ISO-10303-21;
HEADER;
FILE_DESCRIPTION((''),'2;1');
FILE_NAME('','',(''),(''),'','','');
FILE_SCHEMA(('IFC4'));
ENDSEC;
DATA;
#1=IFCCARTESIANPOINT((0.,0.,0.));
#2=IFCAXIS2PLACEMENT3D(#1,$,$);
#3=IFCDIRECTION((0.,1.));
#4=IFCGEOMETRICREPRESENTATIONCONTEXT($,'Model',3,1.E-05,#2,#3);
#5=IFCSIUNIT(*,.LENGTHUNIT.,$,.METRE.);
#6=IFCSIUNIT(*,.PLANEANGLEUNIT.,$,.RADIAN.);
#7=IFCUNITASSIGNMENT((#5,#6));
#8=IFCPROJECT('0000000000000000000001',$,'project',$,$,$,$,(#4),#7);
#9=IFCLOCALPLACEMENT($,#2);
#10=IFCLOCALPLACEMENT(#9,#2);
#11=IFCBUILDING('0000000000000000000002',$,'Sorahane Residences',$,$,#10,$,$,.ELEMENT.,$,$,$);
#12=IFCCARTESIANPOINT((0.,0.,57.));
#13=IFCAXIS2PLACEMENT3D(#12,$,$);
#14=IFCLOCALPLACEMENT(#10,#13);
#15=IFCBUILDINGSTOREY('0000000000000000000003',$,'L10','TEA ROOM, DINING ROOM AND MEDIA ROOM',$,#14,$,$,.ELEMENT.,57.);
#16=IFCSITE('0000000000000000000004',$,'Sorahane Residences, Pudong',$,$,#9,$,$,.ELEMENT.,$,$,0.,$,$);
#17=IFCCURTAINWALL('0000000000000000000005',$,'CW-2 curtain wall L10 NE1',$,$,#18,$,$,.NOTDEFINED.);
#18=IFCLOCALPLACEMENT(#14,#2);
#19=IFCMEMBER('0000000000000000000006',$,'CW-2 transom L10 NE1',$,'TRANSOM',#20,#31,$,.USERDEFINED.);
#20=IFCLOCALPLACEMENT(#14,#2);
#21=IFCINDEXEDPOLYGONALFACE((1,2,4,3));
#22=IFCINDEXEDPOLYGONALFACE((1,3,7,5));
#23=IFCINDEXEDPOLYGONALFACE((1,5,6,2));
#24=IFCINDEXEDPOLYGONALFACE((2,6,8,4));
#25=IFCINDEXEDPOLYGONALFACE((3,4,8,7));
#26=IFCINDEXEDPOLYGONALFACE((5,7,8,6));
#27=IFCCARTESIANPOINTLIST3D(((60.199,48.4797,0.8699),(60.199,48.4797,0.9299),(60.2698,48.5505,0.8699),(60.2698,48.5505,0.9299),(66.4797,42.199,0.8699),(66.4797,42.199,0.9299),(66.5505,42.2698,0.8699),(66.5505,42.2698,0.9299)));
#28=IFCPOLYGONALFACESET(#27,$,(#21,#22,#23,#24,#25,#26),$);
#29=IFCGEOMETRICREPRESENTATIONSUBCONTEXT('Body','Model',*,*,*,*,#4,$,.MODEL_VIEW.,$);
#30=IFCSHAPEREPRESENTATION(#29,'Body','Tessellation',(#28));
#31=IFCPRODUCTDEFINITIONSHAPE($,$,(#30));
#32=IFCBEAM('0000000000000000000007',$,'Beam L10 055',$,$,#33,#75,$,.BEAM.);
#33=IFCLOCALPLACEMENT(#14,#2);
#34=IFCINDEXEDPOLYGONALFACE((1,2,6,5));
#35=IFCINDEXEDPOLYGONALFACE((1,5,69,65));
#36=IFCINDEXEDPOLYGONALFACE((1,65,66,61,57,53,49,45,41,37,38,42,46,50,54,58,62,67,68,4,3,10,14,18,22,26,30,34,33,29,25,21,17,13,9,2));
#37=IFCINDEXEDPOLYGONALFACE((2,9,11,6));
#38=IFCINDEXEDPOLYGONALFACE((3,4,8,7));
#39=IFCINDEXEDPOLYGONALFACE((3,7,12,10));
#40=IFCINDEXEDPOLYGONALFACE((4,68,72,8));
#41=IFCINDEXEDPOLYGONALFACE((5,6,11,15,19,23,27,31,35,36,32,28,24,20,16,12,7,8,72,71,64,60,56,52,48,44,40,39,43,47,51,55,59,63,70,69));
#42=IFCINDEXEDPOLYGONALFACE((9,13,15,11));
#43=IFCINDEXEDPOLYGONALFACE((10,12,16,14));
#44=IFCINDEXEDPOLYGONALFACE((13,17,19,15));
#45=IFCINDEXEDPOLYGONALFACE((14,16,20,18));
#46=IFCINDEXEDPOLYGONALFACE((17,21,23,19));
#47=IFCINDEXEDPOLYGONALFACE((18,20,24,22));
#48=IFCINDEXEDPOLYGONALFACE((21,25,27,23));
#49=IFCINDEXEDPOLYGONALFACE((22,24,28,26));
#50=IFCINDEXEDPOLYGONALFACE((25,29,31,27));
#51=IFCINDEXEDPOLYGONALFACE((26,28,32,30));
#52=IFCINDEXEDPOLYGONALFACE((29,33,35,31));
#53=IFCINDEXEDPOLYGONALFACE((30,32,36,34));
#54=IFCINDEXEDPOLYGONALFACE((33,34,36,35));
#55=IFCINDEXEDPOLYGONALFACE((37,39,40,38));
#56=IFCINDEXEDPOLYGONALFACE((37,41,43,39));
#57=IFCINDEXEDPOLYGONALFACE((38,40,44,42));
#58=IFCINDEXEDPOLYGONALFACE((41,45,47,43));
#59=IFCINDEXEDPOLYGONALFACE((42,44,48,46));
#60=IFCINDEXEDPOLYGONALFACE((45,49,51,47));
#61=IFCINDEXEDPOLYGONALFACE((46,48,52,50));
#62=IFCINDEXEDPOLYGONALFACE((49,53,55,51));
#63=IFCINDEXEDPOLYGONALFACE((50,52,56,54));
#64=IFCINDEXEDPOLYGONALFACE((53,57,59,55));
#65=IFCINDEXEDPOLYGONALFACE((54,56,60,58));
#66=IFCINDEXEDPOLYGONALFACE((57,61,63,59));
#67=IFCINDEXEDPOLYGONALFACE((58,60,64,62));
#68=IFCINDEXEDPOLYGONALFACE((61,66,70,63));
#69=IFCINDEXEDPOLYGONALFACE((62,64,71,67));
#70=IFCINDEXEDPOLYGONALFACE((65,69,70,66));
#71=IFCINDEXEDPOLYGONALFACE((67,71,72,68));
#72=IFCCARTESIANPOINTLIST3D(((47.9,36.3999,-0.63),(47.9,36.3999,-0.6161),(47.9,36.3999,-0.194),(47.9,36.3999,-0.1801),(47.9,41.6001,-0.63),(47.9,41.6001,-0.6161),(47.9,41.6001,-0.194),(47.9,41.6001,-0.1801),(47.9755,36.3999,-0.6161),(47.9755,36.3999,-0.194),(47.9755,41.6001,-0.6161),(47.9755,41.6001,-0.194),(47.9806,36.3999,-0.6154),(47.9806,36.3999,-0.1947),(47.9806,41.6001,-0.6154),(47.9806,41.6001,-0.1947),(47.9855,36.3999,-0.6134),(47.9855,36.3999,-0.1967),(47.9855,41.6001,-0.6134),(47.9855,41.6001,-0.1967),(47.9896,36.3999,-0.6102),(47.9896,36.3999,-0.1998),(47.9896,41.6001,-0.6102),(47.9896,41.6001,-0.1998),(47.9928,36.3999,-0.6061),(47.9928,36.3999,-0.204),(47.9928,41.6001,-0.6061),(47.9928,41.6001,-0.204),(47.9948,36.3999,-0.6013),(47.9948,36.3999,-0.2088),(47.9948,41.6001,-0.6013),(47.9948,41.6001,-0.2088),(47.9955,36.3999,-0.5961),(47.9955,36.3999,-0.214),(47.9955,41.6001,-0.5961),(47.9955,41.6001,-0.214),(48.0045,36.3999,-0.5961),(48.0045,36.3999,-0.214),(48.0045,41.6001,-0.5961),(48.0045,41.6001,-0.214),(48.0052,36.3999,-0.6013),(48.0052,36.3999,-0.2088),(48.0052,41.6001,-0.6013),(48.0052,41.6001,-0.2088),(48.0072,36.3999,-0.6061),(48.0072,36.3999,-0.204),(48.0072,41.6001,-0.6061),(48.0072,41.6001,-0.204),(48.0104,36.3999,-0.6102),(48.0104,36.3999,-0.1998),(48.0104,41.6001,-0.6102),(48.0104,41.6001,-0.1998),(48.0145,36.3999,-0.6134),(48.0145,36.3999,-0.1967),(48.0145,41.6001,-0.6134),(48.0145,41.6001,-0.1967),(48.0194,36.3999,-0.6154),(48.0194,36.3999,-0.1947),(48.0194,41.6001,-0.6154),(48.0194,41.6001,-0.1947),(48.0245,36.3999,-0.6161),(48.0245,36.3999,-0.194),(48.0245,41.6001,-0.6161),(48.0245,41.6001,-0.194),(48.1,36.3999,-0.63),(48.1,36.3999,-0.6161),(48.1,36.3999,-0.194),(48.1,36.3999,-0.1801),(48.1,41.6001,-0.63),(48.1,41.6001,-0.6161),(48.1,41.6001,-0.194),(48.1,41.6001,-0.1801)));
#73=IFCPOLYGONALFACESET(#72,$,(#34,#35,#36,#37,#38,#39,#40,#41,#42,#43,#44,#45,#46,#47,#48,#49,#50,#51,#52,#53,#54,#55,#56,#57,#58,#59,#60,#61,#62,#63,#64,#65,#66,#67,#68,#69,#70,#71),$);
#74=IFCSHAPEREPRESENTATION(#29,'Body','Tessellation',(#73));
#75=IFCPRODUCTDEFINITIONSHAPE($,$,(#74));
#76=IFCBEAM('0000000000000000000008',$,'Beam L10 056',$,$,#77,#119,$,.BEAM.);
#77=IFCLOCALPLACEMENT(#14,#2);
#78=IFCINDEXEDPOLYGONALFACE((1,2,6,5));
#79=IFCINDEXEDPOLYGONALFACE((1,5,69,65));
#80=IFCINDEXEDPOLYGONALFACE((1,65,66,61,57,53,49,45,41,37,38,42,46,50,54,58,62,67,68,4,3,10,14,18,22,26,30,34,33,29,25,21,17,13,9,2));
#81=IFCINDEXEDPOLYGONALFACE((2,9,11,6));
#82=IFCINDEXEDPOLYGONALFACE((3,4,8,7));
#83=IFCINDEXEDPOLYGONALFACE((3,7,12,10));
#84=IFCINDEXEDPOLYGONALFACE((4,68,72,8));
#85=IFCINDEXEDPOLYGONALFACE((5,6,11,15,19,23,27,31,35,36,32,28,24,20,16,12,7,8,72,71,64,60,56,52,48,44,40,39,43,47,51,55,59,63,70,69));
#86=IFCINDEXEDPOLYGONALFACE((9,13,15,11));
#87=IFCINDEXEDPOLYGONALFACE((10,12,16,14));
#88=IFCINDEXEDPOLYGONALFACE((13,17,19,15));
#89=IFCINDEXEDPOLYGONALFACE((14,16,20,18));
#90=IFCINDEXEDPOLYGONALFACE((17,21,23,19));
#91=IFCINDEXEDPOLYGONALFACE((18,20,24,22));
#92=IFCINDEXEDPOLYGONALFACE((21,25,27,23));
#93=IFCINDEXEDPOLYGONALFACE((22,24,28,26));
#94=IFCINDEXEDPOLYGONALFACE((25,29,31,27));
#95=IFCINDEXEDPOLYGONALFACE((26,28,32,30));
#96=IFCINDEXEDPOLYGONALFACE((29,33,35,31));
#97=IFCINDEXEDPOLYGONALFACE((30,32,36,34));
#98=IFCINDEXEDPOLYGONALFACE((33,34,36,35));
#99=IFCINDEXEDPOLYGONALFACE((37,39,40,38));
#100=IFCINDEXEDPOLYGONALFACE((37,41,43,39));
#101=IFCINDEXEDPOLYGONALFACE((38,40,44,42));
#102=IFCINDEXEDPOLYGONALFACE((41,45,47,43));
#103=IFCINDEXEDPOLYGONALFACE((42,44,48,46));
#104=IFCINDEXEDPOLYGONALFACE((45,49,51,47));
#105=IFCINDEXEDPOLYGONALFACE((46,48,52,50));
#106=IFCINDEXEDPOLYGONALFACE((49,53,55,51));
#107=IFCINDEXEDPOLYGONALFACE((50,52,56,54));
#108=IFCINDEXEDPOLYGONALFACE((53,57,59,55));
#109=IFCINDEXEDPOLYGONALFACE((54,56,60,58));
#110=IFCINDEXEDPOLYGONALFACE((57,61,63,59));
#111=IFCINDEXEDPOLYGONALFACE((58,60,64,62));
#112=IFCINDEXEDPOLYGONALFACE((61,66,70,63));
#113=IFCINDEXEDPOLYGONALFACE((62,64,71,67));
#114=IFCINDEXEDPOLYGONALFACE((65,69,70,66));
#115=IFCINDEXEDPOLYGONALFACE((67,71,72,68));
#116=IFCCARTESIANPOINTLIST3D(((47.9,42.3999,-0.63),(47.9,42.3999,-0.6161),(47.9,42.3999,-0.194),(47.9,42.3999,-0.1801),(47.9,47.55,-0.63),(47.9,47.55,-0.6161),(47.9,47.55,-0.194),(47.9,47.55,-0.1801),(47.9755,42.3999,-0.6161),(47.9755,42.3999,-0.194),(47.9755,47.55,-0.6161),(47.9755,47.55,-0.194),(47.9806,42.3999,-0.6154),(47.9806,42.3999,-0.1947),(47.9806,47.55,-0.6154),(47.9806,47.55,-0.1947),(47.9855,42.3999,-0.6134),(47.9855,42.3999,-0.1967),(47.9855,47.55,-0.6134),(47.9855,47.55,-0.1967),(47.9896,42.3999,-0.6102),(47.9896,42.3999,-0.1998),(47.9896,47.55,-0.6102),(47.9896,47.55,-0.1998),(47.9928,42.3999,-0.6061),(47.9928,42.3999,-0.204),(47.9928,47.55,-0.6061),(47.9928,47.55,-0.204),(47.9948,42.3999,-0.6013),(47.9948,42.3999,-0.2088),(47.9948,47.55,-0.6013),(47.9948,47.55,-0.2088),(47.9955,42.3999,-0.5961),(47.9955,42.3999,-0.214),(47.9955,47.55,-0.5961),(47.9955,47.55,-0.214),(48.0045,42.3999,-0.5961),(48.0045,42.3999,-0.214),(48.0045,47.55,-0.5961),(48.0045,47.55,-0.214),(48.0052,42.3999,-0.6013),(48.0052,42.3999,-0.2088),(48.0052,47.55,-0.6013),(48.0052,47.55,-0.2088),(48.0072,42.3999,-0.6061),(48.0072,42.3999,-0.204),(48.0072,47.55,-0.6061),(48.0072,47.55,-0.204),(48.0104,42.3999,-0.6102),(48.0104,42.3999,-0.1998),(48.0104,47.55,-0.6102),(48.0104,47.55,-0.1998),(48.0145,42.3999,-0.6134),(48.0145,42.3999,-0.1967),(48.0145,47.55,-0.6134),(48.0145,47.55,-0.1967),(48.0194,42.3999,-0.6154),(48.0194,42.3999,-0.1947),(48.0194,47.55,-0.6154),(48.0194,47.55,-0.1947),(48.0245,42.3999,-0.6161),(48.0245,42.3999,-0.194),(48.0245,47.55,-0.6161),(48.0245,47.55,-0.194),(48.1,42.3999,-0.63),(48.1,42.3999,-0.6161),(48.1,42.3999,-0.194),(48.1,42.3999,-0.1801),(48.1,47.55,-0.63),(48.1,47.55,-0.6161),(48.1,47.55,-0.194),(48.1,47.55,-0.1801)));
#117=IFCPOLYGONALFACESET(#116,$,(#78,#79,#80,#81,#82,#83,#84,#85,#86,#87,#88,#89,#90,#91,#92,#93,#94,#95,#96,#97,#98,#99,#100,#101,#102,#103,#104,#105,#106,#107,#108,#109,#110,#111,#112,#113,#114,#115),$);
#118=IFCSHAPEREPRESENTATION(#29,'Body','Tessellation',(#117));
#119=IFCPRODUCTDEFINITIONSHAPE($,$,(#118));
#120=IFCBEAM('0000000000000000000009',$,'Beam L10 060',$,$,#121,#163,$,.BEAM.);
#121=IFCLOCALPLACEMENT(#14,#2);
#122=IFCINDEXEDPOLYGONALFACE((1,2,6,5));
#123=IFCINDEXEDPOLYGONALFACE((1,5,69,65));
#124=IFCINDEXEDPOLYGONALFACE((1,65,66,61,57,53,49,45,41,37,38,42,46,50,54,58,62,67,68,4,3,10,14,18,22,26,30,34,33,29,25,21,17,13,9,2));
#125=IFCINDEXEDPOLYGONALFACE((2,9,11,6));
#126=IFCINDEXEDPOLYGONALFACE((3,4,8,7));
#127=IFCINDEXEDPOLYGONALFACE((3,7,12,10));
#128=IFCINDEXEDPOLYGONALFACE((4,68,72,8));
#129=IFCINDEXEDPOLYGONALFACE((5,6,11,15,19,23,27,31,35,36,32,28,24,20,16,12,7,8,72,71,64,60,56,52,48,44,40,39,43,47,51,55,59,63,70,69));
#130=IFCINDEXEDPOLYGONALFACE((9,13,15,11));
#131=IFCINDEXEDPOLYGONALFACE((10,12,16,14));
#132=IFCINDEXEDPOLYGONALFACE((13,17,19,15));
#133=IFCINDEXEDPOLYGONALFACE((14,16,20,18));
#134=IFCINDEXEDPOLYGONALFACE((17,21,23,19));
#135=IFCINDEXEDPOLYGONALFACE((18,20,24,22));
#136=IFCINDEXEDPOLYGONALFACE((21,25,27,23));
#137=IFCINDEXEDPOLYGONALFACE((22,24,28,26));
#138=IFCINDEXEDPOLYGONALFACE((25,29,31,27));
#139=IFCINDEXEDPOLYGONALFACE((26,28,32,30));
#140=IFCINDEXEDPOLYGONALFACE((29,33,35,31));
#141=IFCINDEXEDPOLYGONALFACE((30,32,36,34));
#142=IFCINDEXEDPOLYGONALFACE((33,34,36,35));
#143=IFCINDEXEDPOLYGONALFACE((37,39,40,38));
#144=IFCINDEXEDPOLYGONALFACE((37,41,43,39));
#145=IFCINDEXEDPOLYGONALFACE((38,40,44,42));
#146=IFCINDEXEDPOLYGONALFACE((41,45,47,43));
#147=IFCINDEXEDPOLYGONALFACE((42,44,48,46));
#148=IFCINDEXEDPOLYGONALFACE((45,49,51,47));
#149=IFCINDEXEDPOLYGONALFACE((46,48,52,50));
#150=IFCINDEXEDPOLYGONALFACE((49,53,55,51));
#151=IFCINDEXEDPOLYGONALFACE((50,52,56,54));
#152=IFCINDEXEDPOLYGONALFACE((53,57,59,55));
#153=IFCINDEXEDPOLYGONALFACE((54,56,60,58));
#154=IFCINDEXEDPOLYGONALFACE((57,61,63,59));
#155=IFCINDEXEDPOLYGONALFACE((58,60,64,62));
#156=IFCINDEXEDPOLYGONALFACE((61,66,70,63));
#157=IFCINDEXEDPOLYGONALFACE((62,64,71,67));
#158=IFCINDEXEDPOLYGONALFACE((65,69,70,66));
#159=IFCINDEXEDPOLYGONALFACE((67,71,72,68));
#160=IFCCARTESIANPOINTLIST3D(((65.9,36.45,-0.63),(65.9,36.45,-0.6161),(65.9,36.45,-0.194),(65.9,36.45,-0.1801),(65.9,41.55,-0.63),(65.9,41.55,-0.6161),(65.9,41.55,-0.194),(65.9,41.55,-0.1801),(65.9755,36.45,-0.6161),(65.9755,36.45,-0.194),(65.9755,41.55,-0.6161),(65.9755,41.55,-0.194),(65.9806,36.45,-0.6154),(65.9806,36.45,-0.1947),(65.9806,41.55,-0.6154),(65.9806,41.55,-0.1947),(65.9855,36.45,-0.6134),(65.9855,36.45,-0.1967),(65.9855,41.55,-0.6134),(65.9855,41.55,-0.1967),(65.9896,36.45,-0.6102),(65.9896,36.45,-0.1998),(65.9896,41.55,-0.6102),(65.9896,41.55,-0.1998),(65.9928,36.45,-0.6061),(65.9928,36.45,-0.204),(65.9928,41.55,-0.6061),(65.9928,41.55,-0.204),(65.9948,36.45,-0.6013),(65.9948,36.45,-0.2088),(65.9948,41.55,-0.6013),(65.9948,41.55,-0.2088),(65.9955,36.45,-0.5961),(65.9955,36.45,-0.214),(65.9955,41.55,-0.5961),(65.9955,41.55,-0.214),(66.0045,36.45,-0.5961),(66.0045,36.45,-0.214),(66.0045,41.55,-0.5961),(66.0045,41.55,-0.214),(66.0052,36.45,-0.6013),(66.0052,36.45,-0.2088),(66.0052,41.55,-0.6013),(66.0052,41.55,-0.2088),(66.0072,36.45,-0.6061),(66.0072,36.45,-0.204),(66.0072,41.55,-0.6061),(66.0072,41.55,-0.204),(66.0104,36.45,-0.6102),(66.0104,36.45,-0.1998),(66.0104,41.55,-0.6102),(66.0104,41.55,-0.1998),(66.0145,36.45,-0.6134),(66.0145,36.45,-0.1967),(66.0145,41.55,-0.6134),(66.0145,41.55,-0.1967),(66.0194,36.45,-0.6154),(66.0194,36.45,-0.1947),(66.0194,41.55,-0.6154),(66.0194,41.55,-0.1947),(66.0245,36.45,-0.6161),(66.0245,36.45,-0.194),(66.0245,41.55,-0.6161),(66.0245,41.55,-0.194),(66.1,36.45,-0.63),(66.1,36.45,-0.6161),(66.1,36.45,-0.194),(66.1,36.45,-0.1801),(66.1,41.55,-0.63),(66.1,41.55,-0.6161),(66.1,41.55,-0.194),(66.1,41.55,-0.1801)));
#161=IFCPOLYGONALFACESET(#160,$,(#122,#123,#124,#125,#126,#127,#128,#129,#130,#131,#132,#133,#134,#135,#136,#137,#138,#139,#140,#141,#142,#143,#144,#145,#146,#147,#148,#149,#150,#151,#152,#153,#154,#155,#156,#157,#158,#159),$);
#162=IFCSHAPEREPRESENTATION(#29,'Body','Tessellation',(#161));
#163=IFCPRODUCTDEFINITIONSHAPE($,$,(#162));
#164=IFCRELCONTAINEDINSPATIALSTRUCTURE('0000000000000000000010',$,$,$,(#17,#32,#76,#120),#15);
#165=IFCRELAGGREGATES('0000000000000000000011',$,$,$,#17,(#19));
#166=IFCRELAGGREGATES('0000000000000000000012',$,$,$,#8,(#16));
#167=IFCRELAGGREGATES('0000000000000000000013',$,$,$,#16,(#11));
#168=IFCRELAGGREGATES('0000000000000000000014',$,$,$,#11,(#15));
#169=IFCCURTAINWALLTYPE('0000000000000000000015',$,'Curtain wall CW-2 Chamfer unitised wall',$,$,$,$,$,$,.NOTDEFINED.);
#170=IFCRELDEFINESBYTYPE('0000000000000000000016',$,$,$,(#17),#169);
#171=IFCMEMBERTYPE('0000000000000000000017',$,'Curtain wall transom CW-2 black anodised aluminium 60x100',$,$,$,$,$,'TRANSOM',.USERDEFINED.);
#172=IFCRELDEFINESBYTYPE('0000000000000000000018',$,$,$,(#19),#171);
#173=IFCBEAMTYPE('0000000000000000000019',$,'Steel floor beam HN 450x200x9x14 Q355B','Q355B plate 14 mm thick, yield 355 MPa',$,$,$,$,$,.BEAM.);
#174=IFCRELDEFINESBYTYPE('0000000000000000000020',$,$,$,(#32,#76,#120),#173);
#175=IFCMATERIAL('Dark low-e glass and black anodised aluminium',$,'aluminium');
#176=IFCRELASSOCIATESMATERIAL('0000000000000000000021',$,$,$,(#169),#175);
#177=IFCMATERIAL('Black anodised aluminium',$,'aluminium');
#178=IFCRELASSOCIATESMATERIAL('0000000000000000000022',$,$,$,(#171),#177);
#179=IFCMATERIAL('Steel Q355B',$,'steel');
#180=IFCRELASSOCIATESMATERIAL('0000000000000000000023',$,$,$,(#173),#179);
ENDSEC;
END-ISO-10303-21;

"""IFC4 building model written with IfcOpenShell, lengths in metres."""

from ifc_helpers import new_model, si_unit, direction, frame, origin, origin_2d, place, context, subcontext, project, spatial, rectangle, i_section, extrude, material, material_profile, profile_set, type_object, element, aggregate, save


model = new_model("IFC4")

# Units and contexts
model_context = context("Model", 3, precision=1e-05, world=origin(), true_north=direction((0.0, 1.0)))
body_context = subcontext(model_context, "Body", "Model", "MODEL_VIEW")
ifc_project = project(units=[si_unit("LENGTHUNIT", "METRE"), si_unit("PLANEANGLEUNIT", "RADIAN")], contexts=[model_context])

# Site, building, storey
site_placement = place(None, origin())
site = spatial("IfcSite", under=ifc_project, at=site_placement, Name="Sorahane Residences, Pudong", CompositionType="ELEMENT", RefElevation=0.0)
building_placement = place(site_placement, origin())
building = spatial("IfcBuilding", under=site, at=building_placement, Name="Sorahane Residences", CompositionType="ELEMENT")
storey_placement = place(building_placement, frame((0.0, 0.0, 57.0)))
storey = spatial("IfcBuildingStorey", under=building, at=storey_placement, Name="L10", Description="TEA ROOM, DINING ROOM AND MEDIA ROOM", CompositionType="ELEMENT", Elevation=57.0)

# Curtain wall
ifc_material_1 = material(Name="Dark low-e glass and black anodised aluminium", Category="aluminium")
curtain_wall_type_1 = type_object("IfcCurtainWallType", Name="Curtain wall CW-2 Chamfer unitised wall", PredefinedType="NOTDEFINED", material=ifc_material_1)
curtain_wall_1_placement = place(storey_placement, origin())
curtain_wall_1 = element("IfcCurtainWall", 1, at=curtain_wall_1_placement, inside=storey, type_object=curtain_wall_type_1, Name="CW-2 curtain wall L10 NE1", PredefinedType="NOTDEFINED")

# Member
ifc_material_2 = material(Name="Black anodised aluminium", Category="aluminium")
ifc_material_profile_1 = material_profile(ifc_material_2, rectangle(XDim=0.1001, YDim=0.0601, at=origin_2d()), Name="Curtain wall transom CW-2 black anodised aluminium 60x100")
ifc_profile_set_1 = profile_set([ifc_material_profile_1], Name="Black anodised aluminium")
member_type_1 = type_object("IfcMemberType", Name="Curtain wall transom CW-2 black anodised aluminium 60x100", ElementType="TRANSOM", PredefinedType="USERDEFINED", material=ifc_profile_set_1)
member_1_placement = place(storey_placement, frame((66.5151, 42.2344, 0.8999), z_axis=(-0.707107, 0.707107, 0.0), x_axis=(-0.707107, -0.707107, 0.0)))
member_1 = element("IfcMember", 2, at=member_1_placement, type_object=member_type_1, Name="CW-2 transom L10 NE1", ObjectType="TRANSOM", PredefinedType="USERDEFINED", context=body_context, shape_type="SweptSolid", body=[
    extrude(rectangle(XDim=0.1001, YDim=0.0601, at=origin_2d()), origin(), (0.0, 0.0, 1.0), 8.8823),
])

# Beams
ifc_material_3 = material(Name="Steel Q355B", Category="steel")
ifc_material_profile_2 = material_profile(ifc_material_3, i_section(OverallWidth=0.2, OverallDepth=0.45, WebThickness=0.009, FlangeThickness=0.0139, FilletRadius=0.02, at=origin_2d()), Name="HN 450x200x9x14")
ifc_profile_set_2 = profile_set([ifc_material_profile_2], Name="Steel Q355B")
beam_type_1 = type_object("IfcBeamType", Name="Steel floor beam HN 450x200x9x14 Q355B", Description="Q355B plate 14 mm thick, yield 355 MPa", PredefinedType="BEAM", material=ifc_profile_set_2)
beam_1_placement = place(storey_placement, frame((48.0, 36.3999, -0.405), z_axis=(0.0, 1.0, 0.0), x_axis=(-1.0, 0.0, 0.0)))
element("IfcBeam", 3, at=beam_1_placement, inside=storey, type_object=beam_type_1, Name="Beam L10 055", PredefinedType="BEAM", context=body_context, shape_type="SweptSolid", body=[
    extrude(i_section(OverallWidth=0.2, OverallDepth=0.45, WebThickness=0.009, FlangeThickness=0.0139, FilletRadius=0.02, at=origin_2d()), origin(), (0.0, 0.0, 1.0), 5.2002),
])
beam_2_placement = place(storey_placement, frame((48.0, 42.3999, -0.405), z_axis=(0.0, 1.0, 0.0), x_axis=(-1.0, 0.0, 0.0)))
element("IfcBeam", 4, at=beam_2_placement, inside=storey, type_object=beam_type_1, Name="Beam L10 056", PredefinedType="BEAM", context=body_context, shape_type="SweptSolid", body=[
    extrude(i_section(OverallWidth=0.2, OverallDepth=0.45, WebThickness=0.009, FlangeThickness=0.0139, FilletRadius=0.02, at=origin_2d()), origin(), (0.0, 0.0, 1.0), 5.1501),
])
beam_3_placement = place(storey_placement, frame((66.0, 36.45, -0.405), z_axis=(0.0, 1.0, 0.0), x_axis=(-1.0, 0.0, 0.0)))
element("IfcBeam", 5, at=beam_3_placement, inside=storey, type_object=beam_type_1, Name="Beam L10 060", PredefinedType="BEAM", context=body_context, shape_type="SweptSolid", body=[
    extrude(i_section(OverallWidth=0.2, OverallDepth=0.45, WebThickness=0.009, FlangeThickness=0.0139, FilletRadius=0.02, at=origin_2d()), origin(), (0.0, 0.0, 1.0), 5.1001),
])

aggregate(curtain_wall_1, [member_1])

save(model, "model.ifc")
